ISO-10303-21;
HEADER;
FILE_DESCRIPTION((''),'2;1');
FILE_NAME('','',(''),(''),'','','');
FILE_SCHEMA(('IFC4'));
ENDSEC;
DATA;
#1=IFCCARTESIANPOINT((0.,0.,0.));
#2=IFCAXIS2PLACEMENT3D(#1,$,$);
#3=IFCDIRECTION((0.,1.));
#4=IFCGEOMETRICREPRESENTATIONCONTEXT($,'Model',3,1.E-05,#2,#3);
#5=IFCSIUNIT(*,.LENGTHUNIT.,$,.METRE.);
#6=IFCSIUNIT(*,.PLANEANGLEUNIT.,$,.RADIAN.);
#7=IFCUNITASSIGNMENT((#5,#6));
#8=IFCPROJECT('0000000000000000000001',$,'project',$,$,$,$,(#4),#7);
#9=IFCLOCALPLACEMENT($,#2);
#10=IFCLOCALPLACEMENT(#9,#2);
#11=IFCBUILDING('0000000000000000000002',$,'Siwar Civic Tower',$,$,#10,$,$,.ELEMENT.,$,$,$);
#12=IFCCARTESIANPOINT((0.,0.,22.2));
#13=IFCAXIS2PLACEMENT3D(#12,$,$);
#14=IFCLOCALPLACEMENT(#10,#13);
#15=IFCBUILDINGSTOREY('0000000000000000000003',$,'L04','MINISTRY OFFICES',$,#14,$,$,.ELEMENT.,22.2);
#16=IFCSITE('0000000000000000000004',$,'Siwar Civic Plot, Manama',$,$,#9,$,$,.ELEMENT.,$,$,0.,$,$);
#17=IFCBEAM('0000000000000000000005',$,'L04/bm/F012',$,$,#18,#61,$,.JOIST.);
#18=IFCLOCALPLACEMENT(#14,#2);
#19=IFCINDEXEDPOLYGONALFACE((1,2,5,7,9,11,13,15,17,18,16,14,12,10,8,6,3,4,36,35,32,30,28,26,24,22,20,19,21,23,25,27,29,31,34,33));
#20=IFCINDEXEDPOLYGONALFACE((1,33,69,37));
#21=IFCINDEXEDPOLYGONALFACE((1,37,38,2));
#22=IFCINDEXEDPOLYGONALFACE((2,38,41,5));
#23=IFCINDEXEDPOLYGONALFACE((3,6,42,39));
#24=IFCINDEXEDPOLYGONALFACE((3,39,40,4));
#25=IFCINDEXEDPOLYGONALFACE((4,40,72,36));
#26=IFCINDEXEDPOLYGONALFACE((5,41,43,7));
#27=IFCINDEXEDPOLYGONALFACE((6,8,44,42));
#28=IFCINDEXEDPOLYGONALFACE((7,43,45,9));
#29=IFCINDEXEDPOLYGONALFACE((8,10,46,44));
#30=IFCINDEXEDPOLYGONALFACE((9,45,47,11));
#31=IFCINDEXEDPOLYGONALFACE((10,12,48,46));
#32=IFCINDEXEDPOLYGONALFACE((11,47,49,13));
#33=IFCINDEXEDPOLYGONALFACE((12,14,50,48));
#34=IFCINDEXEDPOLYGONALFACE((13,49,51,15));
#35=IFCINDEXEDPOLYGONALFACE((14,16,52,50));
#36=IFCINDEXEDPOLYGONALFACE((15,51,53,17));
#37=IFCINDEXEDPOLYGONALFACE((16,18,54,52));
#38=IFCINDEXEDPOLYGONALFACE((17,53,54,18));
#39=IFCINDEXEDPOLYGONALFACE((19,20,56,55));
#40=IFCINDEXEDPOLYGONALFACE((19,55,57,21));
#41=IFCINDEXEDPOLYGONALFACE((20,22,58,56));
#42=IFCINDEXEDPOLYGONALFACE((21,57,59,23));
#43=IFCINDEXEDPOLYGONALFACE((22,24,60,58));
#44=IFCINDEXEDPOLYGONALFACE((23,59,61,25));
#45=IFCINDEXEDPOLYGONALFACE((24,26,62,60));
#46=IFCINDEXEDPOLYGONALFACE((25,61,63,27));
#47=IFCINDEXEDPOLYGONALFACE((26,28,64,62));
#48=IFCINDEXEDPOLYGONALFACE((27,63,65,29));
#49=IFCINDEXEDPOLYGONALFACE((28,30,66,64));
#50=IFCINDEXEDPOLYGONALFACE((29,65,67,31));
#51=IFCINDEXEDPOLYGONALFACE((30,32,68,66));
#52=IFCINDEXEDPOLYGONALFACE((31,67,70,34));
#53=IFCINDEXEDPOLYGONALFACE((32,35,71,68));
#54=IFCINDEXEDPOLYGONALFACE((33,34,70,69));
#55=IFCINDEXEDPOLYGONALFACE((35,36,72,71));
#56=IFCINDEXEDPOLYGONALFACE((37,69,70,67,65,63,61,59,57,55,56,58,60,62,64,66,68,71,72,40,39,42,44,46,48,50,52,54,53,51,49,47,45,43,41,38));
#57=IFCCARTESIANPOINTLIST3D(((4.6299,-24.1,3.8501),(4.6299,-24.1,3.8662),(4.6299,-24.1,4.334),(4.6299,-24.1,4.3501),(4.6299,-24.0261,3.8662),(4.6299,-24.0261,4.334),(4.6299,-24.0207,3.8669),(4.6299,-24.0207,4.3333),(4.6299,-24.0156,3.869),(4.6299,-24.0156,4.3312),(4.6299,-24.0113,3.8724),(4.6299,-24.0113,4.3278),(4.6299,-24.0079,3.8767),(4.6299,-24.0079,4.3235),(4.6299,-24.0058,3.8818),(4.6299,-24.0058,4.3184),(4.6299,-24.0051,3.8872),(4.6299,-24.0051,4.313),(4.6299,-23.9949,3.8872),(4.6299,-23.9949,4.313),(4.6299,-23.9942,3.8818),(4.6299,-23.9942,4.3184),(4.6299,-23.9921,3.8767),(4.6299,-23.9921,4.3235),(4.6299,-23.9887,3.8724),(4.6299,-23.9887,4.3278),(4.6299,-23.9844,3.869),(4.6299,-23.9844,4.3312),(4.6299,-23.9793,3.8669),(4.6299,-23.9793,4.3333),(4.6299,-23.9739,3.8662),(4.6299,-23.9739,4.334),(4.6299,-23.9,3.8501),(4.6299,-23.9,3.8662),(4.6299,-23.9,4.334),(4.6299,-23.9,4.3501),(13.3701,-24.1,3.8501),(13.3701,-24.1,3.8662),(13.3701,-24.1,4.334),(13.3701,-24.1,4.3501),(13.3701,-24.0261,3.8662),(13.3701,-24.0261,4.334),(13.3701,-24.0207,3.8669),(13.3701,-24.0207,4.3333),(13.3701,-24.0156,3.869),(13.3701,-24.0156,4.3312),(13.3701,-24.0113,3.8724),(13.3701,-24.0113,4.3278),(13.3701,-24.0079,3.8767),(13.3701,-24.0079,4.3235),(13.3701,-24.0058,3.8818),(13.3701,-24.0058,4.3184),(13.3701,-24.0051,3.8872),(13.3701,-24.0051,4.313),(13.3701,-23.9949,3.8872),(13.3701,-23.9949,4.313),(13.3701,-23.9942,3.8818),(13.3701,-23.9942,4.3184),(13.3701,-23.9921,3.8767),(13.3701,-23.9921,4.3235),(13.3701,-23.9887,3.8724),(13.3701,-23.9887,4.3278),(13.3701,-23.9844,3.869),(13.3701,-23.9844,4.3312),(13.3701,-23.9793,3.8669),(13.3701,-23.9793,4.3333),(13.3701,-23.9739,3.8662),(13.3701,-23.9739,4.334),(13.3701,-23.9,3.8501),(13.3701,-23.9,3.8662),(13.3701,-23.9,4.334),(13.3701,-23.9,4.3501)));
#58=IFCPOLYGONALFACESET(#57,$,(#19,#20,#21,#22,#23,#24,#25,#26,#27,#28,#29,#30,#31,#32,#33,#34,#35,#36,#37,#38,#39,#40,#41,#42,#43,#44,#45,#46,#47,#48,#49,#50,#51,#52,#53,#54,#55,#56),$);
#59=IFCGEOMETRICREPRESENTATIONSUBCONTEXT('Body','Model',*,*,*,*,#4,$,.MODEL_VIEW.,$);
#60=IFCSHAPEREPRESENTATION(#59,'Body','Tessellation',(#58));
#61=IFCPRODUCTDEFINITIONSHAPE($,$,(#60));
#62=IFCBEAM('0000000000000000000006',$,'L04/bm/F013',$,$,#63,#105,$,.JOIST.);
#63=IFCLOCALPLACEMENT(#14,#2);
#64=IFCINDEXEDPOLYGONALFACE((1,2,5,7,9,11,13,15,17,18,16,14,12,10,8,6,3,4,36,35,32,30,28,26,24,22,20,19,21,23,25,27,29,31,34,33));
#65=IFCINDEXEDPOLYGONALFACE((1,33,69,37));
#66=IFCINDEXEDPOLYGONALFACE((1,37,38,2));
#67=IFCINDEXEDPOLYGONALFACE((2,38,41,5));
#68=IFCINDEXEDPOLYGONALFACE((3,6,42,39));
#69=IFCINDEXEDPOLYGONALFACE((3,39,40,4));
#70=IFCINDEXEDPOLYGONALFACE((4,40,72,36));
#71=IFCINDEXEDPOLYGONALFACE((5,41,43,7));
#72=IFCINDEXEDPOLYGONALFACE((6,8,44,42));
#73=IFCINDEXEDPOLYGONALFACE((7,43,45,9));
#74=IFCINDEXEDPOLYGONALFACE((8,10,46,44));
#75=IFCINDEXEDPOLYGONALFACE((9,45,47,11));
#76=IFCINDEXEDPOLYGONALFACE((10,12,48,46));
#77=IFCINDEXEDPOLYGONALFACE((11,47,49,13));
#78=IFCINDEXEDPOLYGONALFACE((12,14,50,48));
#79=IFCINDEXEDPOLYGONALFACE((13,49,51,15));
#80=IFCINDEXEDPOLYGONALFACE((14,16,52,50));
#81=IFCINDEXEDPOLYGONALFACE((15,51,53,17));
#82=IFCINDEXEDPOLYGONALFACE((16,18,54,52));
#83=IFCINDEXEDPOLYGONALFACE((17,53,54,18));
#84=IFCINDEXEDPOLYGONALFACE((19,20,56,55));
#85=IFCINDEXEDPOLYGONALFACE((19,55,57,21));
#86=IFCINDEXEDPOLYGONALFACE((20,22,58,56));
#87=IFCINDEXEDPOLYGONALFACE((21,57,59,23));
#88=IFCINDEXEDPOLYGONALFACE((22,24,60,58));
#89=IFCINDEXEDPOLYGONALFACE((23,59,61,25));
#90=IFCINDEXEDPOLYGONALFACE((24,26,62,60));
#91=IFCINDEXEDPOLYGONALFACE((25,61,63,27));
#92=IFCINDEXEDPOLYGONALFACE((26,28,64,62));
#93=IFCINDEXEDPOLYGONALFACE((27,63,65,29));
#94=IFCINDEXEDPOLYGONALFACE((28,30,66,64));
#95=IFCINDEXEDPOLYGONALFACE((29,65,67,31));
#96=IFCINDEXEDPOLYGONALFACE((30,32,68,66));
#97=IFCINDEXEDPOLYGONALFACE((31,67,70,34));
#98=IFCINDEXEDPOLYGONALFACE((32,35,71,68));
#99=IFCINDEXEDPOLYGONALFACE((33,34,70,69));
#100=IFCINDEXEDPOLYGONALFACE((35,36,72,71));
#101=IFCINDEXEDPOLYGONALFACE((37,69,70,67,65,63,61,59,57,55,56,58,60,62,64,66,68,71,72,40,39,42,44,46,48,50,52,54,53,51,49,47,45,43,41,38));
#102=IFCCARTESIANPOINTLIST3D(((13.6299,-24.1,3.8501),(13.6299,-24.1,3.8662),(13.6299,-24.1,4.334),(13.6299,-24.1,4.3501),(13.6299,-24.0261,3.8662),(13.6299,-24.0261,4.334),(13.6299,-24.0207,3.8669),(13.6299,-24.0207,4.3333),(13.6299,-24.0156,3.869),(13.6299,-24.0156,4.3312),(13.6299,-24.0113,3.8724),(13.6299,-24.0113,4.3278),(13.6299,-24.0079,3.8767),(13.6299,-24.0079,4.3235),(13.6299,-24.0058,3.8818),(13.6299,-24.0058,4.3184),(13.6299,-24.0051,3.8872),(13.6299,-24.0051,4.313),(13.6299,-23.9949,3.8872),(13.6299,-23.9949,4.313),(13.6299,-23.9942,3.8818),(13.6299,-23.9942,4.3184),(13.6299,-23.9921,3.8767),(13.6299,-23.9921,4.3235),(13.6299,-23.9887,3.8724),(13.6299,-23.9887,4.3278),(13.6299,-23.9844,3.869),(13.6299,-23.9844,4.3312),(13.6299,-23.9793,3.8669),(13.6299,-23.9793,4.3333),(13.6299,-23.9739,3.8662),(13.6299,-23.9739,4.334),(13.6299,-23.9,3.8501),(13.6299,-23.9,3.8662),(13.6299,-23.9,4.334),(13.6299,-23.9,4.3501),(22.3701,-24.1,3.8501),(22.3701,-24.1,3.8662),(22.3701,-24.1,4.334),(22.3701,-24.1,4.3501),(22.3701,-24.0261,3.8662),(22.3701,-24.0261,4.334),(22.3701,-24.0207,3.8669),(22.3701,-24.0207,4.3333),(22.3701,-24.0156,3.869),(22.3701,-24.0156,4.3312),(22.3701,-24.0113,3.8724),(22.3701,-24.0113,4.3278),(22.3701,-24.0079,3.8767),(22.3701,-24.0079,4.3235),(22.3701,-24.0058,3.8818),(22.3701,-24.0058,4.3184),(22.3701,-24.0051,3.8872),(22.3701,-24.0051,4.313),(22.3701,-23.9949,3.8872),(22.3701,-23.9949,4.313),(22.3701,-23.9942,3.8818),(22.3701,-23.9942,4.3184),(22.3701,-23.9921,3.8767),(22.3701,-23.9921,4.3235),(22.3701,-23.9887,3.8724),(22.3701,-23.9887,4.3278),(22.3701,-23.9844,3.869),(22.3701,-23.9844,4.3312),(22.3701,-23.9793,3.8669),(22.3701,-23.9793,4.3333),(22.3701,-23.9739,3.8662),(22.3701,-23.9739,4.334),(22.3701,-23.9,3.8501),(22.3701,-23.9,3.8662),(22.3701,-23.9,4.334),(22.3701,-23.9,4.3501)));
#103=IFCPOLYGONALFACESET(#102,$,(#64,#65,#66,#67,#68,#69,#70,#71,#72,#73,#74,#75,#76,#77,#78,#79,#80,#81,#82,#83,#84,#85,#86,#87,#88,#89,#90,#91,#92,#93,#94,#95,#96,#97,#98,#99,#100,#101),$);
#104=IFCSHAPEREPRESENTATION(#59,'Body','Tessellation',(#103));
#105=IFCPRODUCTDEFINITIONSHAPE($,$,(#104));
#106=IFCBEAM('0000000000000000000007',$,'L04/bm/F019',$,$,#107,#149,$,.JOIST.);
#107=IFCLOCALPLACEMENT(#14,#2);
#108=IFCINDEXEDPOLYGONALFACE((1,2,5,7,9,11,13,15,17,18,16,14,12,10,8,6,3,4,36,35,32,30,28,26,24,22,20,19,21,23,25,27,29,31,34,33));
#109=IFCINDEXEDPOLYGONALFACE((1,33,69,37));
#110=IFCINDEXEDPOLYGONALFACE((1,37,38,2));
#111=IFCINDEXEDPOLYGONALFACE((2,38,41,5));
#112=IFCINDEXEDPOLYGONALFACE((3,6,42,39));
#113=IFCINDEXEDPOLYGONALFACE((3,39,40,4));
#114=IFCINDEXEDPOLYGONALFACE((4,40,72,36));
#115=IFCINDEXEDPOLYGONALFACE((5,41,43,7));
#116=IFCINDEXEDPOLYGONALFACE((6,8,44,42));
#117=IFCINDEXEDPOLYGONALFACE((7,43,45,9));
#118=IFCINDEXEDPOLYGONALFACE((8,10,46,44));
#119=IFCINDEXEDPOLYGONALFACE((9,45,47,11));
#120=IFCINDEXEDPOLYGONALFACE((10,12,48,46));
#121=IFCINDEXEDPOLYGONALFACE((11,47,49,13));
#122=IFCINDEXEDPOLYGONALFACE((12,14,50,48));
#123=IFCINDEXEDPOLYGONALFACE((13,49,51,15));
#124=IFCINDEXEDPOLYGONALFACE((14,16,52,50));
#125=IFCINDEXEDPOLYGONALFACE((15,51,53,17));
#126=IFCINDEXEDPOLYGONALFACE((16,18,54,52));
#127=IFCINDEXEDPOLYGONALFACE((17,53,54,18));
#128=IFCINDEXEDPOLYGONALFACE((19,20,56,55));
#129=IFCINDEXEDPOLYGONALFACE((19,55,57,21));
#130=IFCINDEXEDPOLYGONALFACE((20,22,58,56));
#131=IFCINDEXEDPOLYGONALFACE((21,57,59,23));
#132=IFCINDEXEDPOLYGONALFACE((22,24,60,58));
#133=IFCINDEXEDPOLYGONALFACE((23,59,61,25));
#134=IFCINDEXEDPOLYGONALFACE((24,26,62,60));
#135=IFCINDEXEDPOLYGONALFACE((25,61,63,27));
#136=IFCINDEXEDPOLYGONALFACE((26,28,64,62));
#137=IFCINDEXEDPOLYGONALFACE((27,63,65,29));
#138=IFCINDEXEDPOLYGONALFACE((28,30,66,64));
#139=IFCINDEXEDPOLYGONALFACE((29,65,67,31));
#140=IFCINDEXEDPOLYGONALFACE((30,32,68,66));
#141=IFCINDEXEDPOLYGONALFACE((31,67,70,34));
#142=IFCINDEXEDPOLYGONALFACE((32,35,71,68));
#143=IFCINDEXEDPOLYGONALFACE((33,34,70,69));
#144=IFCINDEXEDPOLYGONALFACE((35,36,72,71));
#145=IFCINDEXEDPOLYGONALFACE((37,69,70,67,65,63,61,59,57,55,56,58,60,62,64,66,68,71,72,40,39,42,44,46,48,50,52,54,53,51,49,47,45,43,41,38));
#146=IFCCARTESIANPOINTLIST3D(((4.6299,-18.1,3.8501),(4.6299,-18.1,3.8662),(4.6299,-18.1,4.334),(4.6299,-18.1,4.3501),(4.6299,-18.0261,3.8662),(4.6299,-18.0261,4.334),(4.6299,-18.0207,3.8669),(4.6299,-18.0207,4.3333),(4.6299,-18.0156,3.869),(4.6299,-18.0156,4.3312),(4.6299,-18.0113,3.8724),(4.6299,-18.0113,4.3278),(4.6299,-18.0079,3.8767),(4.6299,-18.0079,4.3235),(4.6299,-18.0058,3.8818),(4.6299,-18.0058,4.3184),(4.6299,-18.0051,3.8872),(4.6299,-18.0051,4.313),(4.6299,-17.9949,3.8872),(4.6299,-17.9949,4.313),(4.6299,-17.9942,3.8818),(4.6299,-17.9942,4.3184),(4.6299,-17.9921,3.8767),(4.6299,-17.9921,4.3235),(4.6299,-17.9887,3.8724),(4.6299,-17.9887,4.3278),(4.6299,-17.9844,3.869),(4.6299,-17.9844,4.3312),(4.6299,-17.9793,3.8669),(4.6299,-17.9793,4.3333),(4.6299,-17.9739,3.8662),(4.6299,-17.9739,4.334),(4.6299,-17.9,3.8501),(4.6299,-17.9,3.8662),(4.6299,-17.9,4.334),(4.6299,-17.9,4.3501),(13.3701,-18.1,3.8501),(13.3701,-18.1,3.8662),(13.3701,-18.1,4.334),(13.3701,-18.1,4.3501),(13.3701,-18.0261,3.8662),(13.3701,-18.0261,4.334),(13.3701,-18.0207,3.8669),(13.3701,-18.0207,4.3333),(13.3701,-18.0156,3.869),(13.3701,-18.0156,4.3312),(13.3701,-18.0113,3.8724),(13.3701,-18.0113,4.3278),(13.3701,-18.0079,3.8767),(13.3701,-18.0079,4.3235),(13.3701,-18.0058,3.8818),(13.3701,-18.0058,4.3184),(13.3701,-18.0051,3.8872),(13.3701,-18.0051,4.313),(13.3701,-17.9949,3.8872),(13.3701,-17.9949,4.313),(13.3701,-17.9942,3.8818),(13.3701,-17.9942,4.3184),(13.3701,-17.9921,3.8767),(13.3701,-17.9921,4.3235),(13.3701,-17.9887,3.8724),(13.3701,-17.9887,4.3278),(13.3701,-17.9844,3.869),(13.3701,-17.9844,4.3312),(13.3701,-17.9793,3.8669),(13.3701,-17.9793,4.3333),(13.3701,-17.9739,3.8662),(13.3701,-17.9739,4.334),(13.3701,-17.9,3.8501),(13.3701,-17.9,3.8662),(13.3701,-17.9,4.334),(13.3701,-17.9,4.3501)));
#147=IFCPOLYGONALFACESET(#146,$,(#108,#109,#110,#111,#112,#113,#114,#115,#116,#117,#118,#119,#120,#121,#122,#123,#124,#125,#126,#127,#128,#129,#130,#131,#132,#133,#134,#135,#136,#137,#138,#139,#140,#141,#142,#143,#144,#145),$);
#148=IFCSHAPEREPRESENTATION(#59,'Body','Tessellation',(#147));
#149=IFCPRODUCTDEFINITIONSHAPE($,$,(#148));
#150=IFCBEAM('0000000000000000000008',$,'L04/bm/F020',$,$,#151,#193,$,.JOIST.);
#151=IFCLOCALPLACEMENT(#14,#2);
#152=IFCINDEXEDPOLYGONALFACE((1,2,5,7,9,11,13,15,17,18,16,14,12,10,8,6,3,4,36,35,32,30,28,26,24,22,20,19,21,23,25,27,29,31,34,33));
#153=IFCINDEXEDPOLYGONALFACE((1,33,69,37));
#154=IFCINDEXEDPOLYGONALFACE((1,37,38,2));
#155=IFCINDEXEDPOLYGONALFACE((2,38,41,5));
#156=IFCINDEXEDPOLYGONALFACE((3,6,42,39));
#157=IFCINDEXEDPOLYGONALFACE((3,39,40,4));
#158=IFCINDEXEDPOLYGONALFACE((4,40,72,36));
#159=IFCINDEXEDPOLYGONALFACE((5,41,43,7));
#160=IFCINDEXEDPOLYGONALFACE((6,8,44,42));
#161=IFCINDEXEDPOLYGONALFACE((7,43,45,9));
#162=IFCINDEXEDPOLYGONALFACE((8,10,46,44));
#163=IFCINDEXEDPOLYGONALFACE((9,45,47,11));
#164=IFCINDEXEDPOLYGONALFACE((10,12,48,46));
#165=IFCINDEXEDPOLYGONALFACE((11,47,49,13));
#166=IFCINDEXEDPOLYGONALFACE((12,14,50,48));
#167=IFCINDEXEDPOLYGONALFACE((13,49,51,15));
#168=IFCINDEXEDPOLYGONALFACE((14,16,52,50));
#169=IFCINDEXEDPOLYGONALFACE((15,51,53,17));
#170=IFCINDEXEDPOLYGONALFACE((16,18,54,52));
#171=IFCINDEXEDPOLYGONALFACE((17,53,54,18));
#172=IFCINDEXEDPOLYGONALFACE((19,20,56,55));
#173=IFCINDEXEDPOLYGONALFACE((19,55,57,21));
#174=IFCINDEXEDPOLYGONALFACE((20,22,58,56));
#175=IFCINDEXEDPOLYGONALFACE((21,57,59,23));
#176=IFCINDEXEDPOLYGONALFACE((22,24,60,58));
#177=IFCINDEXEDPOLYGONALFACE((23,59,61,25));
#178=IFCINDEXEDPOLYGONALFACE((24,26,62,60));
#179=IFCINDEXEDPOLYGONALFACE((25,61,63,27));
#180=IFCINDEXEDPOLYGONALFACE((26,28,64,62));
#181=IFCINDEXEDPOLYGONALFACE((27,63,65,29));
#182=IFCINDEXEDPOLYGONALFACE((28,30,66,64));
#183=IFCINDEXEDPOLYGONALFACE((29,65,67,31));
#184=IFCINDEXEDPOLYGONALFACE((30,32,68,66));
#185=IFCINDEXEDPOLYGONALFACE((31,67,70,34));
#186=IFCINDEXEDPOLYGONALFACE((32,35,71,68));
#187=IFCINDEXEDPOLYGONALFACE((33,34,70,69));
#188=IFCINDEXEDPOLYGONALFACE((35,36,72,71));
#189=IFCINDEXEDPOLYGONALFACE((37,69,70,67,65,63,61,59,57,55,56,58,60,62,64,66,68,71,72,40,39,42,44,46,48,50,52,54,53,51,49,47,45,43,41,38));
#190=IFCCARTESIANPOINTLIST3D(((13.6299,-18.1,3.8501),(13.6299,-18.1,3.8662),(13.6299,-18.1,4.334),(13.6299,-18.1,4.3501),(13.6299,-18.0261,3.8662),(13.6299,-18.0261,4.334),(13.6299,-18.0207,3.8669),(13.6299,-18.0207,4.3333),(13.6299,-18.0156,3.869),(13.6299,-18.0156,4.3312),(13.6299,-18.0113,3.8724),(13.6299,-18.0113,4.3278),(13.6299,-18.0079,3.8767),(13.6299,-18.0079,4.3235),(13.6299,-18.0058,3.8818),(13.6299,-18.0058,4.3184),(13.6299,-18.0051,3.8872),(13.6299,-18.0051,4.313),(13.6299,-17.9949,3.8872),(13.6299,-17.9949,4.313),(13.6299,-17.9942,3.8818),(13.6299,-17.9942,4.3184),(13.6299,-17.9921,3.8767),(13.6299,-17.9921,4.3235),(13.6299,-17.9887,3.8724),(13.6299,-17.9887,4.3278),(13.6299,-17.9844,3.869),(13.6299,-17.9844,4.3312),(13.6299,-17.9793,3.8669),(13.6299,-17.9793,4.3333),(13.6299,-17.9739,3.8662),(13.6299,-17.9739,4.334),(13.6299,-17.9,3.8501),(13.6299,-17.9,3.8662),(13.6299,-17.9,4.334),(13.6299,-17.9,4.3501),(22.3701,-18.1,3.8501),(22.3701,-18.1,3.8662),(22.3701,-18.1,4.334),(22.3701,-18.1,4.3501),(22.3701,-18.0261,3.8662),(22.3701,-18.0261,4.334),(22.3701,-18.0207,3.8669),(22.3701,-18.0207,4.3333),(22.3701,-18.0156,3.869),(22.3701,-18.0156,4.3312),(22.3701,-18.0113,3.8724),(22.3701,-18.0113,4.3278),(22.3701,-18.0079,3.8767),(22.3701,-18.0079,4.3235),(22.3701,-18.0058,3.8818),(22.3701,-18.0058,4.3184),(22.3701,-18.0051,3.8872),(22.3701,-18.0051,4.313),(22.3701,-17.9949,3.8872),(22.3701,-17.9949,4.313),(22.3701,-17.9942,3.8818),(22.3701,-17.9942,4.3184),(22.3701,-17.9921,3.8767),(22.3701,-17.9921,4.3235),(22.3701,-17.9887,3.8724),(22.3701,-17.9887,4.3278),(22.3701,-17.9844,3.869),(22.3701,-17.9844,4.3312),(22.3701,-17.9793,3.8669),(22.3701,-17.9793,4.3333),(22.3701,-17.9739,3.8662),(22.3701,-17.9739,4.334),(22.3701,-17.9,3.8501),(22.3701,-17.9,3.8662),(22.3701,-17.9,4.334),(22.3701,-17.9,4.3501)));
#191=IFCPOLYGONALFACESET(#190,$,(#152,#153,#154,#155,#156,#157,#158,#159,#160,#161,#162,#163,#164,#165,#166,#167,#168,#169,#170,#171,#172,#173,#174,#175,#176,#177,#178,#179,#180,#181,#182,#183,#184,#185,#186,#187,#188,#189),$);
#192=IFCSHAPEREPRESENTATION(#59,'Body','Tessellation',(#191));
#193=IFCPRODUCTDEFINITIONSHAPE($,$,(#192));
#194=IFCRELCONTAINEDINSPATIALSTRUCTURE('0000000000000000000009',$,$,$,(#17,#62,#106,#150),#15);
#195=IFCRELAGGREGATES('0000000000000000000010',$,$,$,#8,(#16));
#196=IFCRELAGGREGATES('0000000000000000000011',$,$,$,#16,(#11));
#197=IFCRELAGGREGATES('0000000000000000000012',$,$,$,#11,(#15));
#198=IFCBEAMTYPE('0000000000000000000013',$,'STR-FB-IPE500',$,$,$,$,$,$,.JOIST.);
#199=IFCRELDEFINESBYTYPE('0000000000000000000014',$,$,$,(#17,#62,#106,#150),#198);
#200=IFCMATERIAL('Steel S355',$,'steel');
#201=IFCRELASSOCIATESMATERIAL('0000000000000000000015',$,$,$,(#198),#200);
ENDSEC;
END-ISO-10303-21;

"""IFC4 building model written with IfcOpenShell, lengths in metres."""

from ifc_helpers import new_model, si_unit, direction, frame, origin, origin_2d, place, context, subcontext, project, spatial, i_section, extrude, material, material_profile, profile_set, type_object, element, save


model = new_model("IFC4")

# Units and contexts
model_context = context("Model", 3, precision=1e-05, world=origin(), true_north=direction((0.0, 1.0)))
body_context = subcontext(model_context, "Body", "Model", "MODEL_VIEW")
ifc_project = project(units=[si_unit("LENGTHUNIT", "METRE"), si_unit("PLANEANGLEUNIT", "RADIAN")], contexts=[model_context])

# Site, building, storey
site_placement = place(None, origin())
site = spatial("IfcSite", under=ifc_project, at=site_placement, Name="Siwar Civic Plot, Manama", CompositionType="ELEMENT", RefElevation=0.0)
building_placement = place(site_placement, origin())
building = spatial("IfcBuilding", under=site, at=building_placement, Name="Siwar Civic Tower", CompositionType="ELEMENT")
storey_placement = place(building_placement, frame((0.0, 0.0, 22.2)))
storey = spatial("IfcBuildingStorey", under=building, at=storey_placement, Name="L04", Description="MINISTRY OFFICES", CompositionType="ELEMENT", Elevation=22.2)

# Beams
ifc_material_1 = material(Name="Steel S355", Category="steel")
ifc_material_profile_1 = material_profile(ifc_material_1, i_section(OverallWidth=0.2, OverallDepth=0.5, WebThickness=0.0103, FlangeThickness=0.0161, FilletRadius=0.021, at=origin_2d()), Name="IPE500")
ifc_profile_set_1 = profile_set([ifc_material_profile_1], Name="Steel S355")
beam_type_1 = type_object("IfcBeamType", Name="STR-FB-IPE500", PredefinedType="JOIST", material=ifc_profile_set_1)
for number, where, z_axis, x_axis, name in (
    (1, (4.6299, -24.0, 4.1001), (1.0, 0.0, 0.0), (0.0, 1.0, 0.0), "L04/bm/F012"),
    (2, (13.6299, -24.0, 4.1001), (1.0, 0.0, 0.0), (0.0, 1.0, 0.0), "L04/bm/F013"),
    (3, (4.6299, -18.0, 4.1001), (1.0, 0.0, 0.0), (0.0, 1.0, 0.0), "L04/bm/F019"),
    (4, (13.6299, -18.0, 4.1001), (1.0, 0.0, 0.0), (0.0, 1.0, 0.0), "L04/bm/F020"),
):
    element("IfcBeam", number, at=place(storey_placement, frame(where, z_axis=z_axis, x_axis=x_axis)), inside=storey, type_object=beam_type_1, Name=name, PredefinedType="JOIST", context=body_context, shape_type="SweptSolid", body=[
        extrude(i_section(OverallWidth=0.2, OverallDepth=0.5, WebThickness=0.0103, FlangeThickness=0.0161, FilletRadius=0.021, at=origin_2d()), origin(), (0.0, 0.0, 1.0), 8.7402),
    ])

save(model, "model.ifc")
